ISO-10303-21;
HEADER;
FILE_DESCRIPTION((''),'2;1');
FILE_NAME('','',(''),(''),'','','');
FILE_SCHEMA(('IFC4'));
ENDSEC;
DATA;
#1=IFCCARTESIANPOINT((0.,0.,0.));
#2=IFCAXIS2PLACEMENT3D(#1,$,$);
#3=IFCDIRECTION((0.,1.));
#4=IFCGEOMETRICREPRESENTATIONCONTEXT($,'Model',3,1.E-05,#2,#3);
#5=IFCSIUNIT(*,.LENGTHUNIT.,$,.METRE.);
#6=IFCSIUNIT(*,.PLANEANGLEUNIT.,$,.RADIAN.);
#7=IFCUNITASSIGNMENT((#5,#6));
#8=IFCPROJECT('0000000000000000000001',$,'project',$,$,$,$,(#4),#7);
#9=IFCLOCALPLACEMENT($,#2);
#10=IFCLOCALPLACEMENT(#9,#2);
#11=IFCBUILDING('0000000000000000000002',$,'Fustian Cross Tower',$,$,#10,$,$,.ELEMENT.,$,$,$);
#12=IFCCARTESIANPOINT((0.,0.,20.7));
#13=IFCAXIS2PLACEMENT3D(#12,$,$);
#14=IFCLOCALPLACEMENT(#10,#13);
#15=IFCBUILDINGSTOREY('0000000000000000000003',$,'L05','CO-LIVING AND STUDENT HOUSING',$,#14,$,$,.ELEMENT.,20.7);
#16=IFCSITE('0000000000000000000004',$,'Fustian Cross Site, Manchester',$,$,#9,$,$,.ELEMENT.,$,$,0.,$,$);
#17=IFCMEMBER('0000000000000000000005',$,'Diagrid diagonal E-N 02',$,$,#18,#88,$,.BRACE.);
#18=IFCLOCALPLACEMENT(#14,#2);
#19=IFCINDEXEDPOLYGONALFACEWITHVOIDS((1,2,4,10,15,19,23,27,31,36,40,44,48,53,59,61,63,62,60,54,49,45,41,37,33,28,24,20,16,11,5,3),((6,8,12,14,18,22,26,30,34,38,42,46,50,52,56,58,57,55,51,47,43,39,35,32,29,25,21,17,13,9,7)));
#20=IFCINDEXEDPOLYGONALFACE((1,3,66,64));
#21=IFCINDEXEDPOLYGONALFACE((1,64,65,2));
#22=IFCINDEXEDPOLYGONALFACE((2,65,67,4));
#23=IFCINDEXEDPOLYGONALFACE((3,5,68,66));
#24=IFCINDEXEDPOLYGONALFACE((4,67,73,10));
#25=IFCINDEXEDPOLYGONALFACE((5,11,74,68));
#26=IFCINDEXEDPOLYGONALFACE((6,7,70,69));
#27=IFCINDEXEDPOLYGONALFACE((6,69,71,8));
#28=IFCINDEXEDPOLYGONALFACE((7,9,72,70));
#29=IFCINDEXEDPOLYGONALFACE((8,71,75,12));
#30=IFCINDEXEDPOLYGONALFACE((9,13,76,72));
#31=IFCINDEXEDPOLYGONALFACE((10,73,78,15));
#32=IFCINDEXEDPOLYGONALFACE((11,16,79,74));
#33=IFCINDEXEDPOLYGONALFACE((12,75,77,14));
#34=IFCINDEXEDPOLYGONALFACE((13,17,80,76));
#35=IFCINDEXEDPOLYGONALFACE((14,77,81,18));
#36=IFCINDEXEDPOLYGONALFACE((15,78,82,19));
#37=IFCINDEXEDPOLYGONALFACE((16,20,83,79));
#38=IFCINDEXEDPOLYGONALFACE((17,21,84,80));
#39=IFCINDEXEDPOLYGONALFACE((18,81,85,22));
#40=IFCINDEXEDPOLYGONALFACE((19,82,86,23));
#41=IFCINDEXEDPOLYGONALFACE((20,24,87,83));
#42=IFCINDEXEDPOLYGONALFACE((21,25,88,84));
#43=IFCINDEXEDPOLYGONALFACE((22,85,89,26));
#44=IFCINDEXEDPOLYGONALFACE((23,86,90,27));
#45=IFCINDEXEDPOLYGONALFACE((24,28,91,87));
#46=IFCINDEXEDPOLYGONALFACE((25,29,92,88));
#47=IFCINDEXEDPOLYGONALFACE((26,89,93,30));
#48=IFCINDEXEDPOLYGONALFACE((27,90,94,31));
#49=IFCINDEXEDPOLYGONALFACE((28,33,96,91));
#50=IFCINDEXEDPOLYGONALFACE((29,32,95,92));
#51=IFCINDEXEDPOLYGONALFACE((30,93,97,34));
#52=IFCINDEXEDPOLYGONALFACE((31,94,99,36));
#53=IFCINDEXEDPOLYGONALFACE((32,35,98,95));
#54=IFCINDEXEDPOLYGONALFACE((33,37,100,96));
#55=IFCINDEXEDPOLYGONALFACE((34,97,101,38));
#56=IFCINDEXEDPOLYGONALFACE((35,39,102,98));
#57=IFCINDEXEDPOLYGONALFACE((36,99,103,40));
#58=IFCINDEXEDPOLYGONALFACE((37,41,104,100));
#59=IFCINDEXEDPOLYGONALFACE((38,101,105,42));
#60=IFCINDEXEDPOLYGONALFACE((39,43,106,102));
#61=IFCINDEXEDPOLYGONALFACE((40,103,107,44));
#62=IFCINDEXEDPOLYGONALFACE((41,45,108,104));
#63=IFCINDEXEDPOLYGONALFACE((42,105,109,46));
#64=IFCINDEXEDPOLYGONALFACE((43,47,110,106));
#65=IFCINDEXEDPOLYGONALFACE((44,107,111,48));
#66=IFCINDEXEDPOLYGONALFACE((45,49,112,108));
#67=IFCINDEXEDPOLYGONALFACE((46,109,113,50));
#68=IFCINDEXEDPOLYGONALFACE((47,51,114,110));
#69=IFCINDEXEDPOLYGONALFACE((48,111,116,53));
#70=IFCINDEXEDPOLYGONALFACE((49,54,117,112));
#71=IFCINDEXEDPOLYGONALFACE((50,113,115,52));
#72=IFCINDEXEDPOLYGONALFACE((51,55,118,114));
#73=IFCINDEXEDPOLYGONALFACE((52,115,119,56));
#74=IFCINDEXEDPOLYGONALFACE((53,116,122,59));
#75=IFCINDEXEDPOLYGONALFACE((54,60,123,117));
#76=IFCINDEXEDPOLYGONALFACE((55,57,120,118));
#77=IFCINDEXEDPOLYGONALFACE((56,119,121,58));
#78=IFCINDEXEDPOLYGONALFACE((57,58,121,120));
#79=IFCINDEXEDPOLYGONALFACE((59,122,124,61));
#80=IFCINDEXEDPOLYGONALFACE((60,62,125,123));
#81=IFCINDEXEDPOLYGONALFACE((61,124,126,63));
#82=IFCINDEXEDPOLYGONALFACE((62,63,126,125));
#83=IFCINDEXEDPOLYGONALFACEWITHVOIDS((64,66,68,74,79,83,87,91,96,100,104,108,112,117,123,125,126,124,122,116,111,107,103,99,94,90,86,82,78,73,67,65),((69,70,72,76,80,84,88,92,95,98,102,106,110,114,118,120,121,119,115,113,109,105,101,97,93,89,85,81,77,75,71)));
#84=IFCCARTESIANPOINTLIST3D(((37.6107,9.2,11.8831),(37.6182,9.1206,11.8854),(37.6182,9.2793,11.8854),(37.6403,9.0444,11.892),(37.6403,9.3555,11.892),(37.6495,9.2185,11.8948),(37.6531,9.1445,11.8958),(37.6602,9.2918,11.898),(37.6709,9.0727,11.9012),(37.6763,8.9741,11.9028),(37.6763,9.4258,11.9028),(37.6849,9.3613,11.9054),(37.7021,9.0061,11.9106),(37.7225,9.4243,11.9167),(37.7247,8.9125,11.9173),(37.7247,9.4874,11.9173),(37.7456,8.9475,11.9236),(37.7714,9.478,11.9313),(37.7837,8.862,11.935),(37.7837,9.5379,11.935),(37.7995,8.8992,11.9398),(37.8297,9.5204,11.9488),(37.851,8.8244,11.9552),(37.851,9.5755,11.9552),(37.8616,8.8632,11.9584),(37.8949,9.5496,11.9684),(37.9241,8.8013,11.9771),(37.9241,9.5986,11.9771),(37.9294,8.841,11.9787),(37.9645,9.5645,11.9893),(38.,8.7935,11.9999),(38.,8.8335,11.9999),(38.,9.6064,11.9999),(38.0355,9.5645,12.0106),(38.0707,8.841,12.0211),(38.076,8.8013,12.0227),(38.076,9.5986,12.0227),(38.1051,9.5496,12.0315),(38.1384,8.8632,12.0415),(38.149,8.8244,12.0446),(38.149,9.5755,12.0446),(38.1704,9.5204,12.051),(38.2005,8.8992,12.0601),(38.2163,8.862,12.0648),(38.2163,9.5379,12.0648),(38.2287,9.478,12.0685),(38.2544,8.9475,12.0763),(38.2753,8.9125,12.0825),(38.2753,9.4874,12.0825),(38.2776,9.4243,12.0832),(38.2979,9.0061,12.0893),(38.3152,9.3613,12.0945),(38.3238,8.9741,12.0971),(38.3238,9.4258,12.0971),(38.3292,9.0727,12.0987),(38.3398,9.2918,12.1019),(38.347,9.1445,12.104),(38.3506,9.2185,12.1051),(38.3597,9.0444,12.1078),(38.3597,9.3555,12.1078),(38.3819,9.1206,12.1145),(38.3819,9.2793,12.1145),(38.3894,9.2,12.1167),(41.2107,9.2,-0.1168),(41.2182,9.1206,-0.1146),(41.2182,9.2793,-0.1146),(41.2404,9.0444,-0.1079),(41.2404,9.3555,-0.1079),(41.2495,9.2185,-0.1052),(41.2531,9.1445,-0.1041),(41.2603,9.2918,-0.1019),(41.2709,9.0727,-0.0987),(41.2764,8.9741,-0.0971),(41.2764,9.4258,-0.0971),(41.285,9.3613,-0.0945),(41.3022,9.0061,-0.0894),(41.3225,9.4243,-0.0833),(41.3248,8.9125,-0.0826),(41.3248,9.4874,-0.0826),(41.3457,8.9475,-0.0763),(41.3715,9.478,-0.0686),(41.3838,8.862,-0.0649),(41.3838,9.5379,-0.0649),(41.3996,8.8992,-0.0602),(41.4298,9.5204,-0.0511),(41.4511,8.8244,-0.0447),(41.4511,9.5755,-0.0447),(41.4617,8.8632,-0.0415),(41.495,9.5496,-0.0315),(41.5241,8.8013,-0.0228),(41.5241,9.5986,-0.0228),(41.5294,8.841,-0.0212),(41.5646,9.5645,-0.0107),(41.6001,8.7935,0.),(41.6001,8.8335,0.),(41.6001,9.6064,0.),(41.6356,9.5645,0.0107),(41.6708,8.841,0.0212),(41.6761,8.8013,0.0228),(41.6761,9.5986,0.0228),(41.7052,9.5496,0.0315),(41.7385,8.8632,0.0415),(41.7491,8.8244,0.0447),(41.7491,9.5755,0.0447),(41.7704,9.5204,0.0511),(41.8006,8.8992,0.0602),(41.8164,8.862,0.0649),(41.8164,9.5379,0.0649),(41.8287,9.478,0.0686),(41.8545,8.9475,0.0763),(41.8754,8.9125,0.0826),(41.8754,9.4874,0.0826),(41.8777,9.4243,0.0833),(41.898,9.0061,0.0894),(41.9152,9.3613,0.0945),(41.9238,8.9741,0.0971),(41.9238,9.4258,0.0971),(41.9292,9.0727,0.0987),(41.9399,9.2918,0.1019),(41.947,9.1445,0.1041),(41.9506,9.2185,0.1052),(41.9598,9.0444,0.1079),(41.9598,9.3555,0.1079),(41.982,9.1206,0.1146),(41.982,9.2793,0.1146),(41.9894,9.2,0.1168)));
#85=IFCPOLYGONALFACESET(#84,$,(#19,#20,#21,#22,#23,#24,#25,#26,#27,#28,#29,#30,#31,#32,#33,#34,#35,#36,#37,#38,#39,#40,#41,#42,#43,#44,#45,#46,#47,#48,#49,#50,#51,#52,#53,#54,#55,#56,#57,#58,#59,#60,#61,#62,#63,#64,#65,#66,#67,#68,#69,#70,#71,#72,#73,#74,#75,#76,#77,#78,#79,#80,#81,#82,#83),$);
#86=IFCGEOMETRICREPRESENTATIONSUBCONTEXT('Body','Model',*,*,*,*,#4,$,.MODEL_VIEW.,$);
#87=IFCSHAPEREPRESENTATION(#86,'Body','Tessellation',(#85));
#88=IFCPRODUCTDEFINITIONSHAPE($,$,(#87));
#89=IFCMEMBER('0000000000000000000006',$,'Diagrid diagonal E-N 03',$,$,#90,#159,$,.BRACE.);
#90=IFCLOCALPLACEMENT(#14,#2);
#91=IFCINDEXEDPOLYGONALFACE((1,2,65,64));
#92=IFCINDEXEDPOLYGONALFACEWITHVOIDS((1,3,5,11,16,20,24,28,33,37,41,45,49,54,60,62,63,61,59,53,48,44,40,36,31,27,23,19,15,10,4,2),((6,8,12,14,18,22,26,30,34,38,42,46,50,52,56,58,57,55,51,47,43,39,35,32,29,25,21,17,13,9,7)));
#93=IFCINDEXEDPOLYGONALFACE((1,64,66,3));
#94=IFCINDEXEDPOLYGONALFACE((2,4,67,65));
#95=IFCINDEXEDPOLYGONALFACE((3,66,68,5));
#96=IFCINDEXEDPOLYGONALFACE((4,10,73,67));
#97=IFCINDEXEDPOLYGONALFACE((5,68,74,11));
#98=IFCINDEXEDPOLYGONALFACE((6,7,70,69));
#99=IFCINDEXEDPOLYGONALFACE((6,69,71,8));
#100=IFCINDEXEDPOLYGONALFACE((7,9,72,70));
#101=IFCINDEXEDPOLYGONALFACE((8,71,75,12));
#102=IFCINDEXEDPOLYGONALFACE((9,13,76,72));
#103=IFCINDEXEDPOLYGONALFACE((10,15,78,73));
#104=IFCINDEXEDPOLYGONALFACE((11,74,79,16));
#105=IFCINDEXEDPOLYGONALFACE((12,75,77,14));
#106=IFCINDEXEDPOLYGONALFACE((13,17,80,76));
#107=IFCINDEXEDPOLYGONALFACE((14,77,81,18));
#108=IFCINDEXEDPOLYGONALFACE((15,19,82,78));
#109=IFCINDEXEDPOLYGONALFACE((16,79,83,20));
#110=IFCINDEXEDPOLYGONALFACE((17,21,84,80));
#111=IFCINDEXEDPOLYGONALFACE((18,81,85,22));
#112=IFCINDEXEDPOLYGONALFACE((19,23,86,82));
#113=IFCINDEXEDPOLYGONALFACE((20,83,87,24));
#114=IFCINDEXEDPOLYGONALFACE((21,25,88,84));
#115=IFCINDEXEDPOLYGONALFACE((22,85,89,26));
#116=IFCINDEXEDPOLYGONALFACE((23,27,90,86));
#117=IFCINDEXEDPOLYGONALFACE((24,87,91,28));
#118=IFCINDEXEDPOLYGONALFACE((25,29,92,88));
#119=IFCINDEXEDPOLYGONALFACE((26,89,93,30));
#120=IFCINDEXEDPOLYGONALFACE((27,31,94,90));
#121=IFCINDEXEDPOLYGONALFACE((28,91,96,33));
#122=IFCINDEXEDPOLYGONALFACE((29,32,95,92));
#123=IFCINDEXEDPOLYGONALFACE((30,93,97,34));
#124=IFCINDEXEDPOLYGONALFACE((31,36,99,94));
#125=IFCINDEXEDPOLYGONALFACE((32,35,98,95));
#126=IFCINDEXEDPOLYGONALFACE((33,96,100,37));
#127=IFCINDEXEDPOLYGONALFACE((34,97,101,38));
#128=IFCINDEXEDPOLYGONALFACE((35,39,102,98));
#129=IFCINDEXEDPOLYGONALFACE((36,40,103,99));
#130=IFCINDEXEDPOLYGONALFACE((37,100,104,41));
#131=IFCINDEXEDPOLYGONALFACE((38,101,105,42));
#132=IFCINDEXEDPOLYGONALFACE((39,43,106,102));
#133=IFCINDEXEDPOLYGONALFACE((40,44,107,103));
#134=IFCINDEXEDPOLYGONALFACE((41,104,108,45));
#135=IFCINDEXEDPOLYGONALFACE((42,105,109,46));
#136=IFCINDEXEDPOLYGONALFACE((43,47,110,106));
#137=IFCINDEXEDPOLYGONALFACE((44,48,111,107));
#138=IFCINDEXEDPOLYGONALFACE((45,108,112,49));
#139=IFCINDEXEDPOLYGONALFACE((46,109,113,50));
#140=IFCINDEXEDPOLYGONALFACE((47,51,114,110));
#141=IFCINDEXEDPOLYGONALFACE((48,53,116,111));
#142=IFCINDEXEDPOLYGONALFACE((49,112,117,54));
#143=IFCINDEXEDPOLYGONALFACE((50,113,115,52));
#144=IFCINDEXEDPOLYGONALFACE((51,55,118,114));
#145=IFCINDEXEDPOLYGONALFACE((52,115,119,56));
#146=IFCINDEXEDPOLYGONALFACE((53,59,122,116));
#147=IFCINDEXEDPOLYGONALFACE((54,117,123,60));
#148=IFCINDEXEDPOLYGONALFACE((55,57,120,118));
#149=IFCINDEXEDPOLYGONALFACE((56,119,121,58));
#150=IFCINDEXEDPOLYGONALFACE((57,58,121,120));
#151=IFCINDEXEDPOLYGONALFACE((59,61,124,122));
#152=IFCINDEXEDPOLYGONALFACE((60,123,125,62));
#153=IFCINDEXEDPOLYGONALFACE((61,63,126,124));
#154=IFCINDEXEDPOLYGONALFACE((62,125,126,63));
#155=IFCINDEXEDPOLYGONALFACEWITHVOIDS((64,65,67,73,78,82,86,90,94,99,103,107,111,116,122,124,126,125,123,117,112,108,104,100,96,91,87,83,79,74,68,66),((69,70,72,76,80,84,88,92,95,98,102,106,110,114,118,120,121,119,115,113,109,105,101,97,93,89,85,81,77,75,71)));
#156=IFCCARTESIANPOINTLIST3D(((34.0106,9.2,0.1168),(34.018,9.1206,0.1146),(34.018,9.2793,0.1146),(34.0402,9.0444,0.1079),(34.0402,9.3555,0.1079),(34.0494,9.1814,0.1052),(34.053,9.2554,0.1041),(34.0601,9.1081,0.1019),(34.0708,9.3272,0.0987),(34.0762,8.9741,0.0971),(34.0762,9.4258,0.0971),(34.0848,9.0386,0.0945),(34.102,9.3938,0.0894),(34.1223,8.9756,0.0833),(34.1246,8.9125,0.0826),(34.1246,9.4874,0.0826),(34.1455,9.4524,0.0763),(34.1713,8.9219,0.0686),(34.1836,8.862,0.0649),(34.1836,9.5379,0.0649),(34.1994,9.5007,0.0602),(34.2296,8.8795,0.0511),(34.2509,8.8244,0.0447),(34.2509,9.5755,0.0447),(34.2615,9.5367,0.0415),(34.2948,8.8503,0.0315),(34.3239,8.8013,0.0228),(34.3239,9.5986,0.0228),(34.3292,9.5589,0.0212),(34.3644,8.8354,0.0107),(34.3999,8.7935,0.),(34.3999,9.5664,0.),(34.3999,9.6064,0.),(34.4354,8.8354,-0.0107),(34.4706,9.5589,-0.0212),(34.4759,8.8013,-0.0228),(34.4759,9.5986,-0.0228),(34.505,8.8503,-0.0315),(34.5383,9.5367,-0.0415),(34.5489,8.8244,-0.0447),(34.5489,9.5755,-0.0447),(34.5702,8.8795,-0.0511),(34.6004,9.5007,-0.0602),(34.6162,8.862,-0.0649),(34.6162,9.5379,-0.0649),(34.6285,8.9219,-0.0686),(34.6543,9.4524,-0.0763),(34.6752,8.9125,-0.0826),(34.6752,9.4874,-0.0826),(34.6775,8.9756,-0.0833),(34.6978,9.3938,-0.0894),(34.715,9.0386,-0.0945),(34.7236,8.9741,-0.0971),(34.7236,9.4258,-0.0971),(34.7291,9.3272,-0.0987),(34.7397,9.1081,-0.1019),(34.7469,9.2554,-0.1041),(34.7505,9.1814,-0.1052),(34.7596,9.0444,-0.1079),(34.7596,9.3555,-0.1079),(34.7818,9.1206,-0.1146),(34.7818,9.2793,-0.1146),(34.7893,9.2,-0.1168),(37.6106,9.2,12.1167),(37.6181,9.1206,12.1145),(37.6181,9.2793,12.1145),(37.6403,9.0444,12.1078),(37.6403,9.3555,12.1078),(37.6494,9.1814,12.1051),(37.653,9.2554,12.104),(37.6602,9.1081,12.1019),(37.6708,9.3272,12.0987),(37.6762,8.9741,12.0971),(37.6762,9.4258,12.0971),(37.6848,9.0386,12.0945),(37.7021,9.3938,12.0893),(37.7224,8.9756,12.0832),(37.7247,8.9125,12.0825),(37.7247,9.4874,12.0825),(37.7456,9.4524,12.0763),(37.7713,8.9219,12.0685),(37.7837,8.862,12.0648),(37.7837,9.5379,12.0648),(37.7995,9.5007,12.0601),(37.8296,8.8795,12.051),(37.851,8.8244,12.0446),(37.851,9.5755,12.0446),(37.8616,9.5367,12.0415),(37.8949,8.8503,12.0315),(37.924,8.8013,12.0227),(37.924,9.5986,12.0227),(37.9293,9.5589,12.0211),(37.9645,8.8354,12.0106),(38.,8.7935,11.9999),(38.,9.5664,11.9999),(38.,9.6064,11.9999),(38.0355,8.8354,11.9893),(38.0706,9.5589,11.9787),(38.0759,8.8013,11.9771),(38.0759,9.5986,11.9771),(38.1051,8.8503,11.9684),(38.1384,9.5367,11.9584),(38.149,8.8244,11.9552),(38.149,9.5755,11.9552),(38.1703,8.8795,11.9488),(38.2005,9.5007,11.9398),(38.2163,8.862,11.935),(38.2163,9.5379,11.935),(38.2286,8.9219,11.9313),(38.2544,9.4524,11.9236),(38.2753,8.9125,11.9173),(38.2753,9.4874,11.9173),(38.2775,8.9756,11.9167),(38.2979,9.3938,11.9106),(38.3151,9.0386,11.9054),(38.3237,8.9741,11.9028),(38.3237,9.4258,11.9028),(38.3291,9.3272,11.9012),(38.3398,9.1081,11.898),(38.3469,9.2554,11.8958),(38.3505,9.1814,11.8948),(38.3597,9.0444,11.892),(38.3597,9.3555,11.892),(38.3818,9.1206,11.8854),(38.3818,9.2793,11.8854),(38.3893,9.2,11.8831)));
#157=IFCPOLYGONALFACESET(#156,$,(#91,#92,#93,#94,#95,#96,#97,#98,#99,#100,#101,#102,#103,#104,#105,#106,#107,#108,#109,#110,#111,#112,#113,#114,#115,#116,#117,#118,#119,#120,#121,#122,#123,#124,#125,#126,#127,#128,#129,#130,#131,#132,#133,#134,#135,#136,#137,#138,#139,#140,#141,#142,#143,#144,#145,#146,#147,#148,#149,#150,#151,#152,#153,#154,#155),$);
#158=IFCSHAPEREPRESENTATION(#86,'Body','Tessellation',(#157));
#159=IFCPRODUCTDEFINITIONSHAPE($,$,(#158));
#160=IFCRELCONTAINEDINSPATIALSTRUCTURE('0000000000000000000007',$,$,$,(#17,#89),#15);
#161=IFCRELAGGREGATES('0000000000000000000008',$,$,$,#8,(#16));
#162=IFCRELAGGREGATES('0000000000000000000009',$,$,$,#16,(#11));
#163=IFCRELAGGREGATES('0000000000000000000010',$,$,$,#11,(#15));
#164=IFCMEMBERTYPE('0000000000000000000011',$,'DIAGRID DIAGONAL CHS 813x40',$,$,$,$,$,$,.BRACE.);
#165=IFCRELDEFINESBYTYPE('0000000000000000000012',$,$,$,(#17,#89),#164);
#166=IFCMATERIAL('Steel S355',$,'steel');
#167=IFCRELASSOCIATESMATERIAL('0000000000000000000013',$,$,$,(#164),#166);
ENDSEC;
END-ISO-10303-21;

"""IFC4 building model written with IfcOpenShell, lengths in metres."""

from ifc_helpers import new_model, si_unit, direction, frame, origin, origin_2d, place, context, subcontext, project, spatial, hollow_circle, extrude, material, material_profile, profile_set, type_object, element, save


model = new_model("IFC4")

# Units and contexts
model_context = context("Model", 3, precision=1e-05, world=origin(), true_north=direction((0.0, 1.0)))
body_context = subcontext(model_context, "Body", "Model", "MODEL_VIEW")
ifc_project = project(units=[si_unit("LENGTHUNIT", "METRE"), si_unit("PLANEANGLEUNIT", "RADIAN")], contexts=[model_context])

# Site, building, storey
site_placement = place(None, origin())
site = spatial("IfcSite", under=ifc_project, at=site_placement, Name="Fustian Cross Site, Manchester", CompositionType="ELEMENT", RefElevation=0.0)
building_placement = place(site_placement, origin())
building = spatial("IfcBuilding", under=site, at=building_placement, Name="Fustian Cross Tower", CompositionType="ELEMENT")
storey_placement = place(building_placement, frame((0.0, 0.0, 20.7)))
storey = spatial("IfcBuildingStorey", under=building, at=storey_placement, Name="L05", Description="CO-LIVING AND STUDENT HOUSING", CompositionType="ELEMENT", Elevation=20.7)

# Members
ifc_material_1 = material(Name="Steel S355", Category="steel")
ifc_material_profile_1 = material_profile(ifc_material_1, hollow_circle(Radius=0.4065, WallThickness=0.04, at=origin_2d()), Name="CHS 813x40")
ifc_profile_set_1 = profile_set([ifc_material_profile_1], Name="Steel S355")
member_type_1 = type_object("IfcMemberType", Name="DIAGRID DIAGONAL CHS 813x40", PredefinedType="BRACE", material=ifc_profile_set_1)
for number, where, z_axis, x_axis, name in (
    (1, (41.6001, 9.2, 0.0), (-0.287355, 0.0, 0.957824), (0.0, -1.0, 0.0), "Diagrid diagonal E-N 02"),
    (2, (34.3999, 9.2, 0.0), (0.287355, 0.0, 0.957824), (0.0, 1.0, 0.0), "Diagrid diagonal E-N 03"),
):
    element("IfcMember", number, at=place(storey_placement, frame(where, z_axis=z_axis, x_axis=x_axis)), inside=storey, type_object=member_type_1, Name=name, PredefinedType="BRACE", context=body_context, shape_type="SweptSolid", body=[
        extrude(hollow_circle(Radius=0.4065, WallThickness=0.04, at=origin_2d()), origin(), (0.0, 0.0, 1.0), 12.5283),
    ])

save(model, "model.ifc")
